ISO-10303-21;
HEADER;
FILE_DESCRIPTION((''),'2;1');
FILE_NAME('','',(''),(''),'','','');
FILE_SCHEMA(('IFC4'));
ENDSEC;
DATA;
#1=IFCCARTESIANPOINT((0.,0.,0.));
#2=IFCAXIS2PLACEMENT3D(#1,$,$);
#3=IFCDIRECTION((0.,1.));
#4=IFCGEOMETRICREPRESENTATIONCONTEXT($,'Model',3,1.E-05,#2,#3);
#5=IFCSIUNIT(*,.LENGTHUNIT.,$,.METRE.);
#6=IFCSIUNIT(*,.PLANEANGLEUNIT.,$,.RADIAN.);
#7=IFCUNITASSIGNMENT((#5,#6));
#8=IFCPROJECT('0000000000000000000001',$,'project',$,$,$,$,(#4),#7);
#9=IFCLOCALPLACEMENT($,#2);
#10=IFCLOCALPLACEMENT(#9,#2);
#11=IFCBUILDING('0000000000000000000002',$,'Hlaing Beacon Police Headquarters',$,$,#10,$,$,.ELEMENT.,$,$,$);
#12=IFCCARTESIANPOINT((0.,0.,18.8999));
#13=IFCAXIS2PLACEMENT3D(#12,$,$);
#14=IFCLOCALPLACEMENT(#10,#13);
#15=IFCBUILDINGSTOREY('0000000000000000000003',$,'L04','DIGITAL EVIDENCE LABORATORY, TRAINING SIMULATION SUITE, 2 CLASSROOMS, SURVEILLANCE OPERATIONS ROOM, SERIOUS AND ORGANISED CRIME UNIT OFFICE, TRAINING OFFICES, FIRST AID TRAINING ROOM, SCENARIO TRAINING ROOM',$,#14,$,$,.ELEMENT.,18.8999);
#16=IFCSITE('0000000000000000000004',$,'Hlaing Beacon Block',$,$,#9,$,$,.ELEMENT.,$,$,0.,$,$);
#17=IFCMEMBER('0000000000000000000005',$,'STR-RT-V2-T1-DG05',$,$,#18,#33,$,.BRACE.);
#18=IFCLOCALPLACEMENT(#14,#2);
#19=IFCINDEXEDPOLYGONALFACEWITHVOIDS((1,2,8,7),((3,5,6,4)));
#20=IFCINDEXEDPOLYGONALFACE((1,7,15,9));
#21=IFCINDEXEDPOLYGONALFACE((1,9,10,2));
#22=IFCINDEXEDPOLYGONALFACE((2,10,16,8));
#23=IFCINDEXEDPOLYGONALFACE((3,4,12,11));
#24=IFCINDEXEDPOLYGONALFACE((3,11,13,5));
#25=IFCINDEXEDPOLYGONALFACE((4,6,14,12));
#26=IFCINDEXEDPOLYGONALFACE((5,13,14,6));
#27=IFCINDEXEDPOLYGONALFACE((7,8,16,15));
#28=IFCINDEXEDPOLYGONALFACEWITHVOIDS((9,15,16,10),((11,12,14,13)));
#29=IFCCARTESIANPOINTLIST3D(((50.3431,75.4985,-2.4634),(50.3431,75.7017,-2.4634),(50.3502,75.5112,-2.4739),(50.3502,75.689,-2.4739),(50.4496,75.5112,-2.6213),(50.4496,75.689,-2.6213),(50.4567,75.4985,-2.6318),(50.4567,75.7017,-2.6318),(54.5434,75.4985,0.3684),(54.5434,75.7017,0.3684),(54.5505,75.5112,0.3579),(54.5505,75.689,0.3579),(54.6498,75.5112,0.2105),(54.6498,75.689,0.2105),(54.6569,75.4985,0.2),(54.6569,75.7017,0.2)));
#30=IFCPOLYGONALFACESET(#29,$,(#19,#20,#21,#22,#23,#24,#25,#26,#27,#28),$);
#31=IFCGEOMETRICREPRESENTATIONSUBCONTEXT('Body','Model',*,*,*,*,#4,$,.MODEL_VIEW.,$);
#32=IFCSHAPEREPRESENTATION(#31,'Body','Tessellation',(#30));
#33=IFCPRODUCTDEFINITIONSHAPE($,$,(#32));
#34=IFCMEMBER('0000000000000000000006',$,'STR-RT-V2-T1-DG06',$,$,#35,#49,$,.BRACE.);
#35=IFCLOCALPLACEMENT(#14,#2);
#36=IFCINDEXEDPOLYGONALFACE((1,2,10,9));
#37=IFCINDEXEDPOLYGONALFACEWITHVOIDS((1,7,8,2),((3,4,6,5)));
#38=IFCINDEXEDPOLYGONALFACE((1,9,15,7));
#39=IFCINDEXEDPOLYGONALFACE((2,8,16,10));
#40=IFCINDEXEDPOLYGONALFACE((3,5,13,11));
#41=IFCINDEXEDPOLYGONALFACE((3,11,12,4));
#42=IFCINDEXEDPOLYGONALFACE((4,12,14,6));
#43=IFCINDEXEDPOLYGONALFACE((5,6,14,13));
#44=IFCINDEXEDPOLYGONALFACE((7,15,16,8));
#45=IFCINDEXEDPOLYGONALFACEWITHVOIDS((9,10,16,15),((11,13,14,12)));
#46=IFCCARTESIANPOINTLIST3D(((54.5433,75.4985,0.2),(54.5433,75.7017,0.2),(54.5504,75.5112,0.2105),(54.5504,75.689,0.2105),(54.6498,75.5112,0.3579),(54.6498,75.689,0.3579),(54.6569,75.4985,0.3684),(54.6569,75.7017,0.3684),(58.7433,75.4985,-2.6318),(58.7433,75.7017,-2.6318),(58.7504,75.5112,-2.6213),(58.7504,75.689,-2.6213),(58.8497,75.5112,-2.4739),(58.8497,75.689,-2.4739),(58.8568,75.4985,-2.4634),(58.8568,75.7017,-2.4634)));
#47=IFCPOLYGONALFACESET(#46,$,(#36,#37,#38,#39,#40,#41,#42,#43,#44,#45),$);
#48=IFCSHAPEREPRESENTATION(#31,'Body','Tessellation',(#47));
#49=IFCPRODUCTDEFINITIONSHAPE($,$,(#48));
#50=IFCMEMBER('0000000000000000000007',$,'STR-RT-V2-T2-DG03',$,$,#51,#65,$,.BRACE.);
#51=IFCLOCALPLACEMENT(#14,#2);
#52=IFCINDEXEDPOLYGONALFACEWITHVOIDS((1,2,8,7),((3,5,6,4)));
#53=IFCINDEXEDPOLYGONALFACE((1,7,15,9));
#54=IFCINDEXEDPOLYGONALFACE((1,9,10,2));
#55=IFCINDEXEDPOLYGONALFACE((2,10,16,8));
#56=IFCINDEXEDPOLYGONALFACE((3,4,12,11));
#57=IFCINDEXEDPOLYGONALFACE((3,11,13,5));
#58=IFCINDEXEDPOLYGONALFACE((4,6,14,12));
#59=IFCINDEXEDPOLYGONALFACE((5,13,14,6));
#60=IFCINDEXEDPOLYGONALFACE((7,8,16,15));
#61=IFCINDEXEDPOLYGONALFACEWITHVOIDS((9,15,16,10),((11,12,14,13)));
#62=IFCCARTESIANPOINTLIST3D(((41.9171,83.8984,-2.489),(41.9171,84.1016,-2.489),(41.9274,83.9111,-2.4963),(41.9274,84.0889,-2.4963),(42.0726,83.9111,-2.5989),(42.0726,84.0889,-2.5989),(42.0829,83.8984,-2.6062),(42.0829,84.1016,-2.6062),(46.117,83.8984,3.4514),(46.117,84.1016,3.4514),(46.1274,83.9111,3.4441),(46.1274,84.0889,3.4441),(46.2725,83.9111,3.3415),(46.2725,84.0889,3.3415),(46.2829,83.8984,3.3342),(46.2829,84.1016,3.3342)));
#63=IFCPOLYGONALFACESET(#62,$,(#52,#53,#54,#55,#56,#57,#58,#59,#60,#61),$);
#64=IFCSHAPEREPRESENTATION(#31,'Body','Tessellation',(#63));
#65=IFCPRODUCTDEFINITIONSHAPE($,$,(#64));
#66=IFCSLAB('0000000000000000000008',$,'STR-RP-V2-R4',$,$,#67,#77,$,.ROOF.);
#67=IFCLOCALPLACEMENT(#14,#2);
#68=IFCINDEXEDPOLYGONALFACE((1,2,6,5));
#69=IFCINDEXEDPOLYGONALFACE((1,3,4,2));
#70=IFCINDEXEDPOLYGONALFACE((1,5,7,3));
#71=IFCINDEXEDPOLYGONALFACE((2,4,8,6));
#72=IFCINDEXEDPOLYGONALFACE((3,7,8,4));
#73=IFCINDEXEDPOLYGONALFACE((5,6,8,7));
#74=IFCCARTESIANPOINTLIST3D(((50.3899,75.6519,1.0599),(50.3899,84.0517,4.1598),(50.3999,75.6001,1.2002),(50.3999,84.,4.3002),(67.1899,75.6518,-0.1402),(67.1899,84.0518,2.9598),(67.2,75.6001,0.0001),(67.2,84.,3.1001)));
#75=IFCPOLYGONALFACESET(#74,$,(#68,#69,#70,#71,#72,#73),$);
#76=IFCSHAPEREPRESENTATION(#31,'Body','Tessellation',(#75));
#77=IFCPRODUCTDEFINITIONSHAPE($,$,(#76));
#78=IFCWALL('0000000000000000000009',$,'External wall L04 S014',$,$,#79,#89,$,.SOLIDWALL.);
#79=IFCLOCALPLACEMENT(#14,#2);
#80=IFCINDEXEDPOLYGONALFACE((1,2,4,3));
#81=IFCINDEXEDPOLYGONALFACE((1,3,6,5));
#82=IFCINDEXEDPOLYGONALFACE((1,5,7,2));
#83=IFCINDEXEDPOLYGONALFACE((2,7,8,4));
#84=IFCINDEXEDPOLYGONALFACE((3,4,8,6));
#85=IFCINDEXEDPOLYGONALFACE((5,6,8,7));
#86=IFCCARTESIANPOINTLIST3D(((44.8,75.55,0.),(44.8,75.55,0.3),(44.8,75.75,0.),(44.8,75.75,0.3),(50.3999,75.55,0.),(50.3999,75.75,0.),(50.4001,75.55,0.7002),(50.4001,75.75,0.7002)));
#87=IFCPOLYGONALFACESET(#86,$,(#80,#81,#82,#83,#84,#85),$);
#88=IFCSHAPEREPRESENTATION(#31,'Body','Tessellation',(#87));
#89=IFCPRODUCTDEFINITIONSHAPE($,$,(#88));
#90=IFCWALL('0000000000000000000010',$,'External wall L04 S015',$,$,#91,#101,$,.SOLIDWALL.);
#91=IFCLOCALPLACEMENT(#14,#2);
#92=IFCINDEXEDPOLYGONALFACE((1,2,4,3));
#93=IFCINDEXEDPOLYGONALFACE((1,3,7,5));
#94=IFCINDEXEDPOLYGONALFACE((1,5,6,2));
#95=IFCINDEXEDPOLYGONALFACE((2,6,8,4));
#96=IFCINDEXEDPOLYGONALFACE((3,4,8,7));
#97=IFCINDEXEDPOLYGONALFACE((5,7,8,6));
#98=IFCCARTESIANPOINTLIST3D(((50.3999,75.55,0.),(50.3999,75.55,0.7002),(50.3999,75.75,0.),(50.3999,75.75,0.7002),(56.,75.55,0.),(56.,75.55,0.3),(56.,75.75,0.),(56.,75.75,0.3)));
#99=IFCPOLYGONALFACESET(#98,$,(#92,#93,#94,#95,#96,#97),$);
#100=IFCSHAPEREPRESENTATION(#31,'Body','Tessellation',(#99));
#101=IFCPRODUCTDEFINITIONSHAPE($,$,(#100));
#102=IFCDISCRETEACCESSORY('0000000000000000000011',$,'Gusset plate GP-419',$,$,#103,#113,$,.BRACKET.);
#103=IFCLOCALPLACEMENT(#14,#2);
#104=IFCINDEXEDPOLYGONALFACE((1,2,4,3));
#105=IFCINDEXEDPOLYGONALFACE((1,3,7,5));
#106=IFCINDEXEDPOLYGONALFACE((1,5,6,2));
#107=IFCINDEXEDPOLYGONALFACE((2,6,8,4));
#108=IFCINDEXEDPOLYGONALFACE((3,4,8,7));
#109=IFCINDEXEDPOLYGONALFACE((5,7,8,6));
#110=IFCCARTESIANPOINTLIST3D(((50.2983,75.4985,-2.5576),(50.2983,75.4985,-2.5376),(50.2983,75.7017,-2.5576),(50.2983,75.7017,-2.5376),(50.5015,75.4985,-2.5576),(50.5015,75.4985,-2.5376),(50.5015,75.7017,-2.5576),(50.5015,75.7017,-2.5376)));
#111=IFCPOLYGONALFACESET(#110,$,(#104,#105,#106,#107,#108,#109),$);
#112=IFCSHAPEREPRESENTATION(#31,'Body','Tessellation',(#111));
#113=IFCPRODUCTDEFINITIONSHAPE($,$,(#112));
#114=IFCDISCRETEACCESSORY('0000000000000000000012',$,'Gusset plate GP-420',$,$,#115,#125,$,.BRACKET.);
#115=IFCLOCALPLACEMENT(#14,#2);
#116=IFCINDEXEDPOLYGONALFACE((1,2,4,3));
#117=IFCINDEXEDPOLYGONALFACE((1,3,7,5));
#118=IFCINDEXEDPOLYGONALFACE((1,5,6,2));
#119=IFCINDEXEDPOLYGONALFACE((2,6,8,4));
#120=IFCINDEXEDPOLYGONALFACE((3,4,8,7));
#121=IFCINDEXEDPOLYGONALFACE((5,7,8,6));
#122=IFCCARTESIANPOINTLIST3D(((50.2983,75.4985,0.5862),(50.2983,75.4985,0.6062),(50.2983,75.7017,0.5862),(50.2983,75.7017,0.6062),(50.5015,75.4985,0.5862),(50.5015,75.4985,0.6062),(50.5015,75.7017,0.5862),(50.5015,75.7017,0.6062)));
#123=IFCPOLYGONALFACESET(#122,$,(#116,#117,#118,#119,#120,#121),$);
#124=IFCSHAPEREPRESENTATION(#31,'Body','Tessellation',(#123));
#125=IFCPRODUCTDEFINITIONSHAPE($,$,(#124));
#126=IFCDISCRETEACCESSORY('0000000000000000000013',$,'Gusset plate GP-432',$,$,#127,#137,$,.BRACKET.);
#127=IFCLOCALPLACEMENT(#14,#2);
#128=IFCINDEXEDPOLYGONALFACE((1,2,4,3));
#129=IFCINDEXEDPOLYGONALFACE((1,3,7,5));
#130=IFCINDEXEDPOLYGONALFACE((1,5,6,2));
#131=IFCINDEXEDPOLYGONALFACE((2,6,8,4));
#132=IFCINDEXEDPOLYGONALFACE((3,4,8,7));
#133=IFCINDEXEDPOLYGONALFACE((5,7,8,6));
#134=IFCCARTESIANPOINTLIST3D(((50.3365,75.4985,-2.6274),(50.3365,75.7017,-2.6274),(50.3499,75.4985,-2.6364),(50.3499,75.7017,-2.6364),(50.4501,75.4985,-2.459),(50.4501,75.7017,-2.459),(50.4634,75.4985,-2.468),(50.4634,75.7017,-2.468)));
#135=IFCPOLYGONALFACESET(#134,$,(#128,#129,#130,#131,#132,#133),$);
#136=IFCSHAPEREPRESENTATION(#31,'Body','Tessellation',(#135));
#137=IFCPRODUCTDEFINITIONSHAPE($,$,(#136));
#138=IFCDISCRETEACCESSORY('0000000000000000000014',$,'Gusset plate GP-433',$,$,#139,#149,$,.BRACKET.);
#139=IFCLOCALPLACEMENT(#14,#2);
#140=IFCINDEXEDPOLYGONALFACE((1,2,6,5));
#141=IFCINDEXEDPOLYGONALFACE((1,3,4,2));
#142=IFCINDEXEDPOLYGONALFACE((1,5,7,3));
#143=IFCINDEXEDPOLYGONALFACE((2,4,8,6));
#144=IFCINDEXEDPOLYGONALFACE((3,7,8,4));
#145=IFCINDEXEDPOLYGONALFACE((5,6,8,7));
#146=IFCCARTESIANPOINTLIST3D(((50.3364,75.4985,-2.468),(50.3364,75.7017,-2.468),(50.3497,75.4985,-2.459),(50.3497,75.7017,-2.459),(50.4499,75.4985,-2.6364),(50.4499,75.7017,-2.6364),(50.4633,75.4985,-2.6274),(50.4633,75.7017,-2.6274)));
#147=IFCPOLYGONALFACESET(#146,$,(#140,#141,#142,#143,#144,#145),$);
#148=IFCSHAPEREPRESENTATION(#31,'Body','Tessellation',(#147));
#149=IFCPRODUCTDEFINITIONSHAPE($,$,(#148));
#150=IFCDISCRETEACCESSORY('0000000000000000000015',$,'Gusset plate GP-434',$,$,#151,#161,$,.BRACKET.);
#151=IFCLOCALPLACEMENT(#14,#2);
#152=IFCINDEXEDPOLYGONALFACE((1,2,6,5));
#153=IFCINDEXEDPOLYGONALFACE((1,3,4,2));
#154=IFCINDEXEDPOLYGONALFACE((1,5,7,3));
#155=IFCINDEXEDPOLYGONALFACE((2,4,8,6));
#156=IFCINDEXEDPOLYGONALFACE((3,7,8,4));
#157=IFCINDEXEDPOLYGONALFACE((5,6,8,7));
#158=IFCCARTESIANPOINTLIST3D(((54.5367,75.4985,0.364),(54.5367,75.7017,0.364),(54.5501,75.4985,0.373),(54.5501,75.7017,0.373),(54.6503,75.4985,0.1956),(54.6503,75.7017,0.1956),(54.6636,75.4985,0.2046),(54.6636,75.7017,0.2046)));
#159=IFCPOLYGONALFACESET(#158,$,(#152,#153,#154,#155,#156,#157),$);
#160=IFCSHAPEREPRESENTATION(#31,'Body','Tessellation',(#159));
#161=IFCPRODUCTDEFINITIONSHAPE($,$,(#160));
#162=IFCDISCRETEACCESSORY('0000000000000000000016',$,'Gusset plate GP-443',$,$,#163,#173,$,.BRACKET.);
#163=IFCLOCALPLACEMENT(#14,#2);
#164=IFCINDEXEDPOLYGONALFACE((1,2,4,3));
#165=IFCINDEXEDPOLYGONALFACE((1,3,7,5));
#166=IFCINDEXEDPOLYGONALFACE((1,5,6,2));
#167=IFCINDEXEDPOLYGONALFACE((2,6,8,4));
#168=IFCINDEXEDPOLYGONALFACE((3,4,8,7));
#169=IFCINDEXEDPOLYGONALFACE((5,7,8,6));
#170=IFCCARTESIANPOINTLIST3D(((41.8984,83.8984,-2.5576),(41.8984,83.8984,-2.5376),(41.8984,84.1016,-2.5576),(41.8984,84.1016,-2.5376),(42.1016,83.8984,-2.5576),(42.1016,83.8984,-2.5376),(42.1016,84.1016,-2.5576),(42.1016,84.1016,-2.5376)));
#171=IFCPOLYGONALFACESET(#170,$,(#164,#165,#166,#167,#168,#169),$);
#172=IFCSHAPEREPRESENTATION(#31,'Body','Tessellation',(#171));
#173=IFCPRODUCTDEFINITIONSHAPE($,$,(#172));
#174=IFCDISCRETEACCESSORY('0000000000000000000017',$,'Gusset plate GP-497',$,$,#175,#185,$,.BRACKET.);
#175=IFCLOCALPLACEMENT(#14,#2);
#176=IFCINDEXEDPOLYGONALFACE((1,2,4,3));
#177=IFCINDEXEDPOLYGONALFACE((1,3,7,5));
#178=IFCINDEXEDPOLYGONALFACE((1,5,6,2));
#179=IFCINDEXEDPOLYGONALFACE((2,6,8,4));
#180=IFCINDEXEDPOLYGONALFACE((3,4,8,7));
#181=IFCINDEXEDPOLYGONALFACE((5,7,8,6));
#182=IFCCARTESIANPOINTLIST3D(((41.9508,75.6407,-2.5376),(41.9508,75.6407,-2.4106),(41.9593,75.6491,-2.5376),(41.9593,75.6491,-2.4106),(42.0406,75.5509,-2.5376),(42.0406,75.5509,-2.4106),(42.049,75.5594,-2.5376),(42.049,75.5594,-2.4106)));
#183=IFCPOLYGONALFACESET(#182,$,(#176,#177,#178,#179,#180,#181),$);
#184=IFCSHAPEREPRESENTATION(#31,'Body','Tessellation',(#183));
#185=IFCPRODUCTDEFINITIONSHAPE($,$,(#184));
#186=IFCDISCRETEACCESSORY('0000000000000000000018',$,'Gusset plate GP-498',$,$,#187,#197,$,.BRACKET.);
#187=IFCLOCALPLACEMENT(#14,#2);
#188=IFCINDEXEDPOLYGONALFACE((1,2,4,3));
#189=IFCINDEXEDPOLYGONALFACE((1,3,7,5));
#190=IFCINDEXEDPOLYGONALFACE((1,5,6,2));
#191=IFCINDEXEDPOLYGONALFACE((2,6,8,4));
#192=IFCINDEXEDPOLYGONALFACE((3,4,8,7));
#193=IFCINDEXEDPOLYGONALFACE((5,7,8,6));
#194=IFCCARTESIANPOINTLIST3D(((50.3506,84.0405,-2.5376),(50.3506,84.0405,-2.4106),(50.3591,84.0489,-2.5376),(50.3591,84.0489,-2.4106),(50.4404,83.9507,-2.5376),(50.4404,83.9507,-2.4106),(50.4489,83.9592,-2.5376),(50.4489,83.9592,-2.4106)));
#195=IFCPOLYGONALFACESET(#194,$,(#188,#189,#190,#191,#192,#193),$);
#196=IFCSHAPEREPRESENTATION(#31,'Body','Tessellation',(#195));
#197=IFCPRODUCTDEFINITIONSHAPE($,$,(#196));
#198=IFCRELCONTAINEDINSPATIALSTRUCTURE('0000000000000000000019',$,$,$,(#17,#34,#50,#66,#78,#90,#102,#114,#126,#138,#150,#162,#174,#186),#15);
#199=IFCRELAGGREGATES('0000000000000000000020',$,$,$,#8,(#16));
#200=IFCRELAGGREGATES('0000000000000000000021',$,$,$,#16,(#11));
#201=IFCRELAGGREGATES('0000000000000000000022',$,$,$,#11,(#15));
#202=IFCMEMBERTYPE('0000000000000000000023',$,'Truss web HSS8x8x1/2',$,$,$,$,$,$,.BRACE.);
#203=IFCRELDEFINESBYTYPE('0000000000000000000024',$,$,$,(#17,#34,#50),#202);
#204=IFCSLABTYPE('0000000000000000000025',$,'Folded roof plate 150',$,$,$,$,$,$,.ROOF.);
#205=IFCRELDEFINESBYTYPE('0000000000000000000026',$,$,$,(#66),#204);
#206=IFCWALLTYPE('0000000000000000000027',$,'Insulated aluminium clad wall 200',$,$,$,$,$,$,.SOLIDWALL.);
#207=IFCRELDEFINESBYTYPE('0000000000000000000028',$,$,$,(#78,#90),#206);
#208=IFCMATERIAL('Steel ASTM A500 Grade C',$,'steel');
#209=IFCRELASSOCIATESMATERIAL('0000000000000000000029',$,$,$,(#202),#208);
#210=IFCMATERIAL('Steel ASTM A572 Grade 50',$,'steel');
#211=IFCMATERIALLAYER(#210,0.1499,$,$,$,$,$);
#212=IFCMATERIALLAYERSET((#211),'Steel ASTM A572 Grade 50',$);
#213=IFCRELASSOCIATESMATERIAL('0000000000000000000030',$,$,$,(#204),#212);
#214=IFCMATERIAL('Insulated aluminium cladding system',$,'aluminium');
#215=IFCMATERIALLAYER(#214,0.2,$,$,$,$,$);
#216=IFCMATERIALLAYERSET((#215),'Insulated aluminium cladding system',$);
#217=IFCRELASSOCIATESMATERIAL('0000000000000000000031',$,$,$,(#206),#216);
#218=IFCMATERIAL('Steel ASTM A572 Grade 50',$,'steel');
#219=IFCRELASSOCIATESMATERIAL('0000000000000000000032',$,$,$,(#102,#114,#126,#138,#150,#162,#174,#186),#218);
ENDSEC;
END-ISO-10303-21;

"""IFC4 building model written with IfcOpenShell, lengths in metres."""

from ifc_helpers import new_model, si_unit, direction, frame, origin, origin_2d, place, context, subcontext, project, spatial, polyline, rectangle, hollow_rectangle, outline, extrude, material, layer, layer_set, material_profile, profile_set, type_object, element, save


model = new_model("IFC4")

# Units and contexts
model_context = context("Model", 3, precision=1e-05, world=origin(), true_north=direction((0.0, 1.0)))
body_context = subcontext(model_context, "Body", "Model", "MODEL_VIEW")
ifc_project = project(units=[si_unit("LENGTHUNIT", "METRE"), si_unit("PLANEANGLEUNIT", "RADIAN")], contexts=[model_context])

# Site, building, storey
site_placement = place(None, origin())
site = spatial("IfcSite", under=ifc_project, at=site_placement, Name="Hlaing Beacon Block", CompositionType="ELEMENT", RefElevation=0.0)
building_placement = place(site_placement, origin())
building = spatial("IfcBuilding", under=site, at=building_placement, Name="Hlaing Beacon Police Headquarters", CompositionType="ELEMENT")
storey_placement = place(building_placement, frame((0.0, 0.0, 18.8999)))
storey = spatial("IfcBuildingStorey", under=building, at=storey_placement, Name="L04", Description="DIGITAL EVIDENCE LABORATORY, TRAINING SIMULATION SUITE, 2 CLASSROOMS, SURVEILLANCE OPERATIONS ROOM, SERIOUS AND ORGANISED CRIME UNIT OFFICE, TRAINING OFFICES, FIRST AID TRAINING ROOM, SCENARIO TRAINING ROOM", CompositionType="ELEMENT", Elevation=18.8999)

# Members
ifc_material_1 = material(Name="Steel ASTM A500 Grade C", Category="steel")
ifc_material_profile_1 = material_profile(ifc_material_1, hollow_rectangle(XDim=0.2031, YDim=0.2031, WallThickness=0.0127, at=origin_2d()), Name="HSS8x8x1/2")
ifc_profile_set_1 = profile_set([ifc_material_profile_1], Name="Steel ASTM A500 Grade C")
member_type_1 = type_object("IfcMemberType", Name="Truss web HSS8x8x1/2", PredefinedType="BRACE", material=ifc_profile_set_1)
member_1_placement = place(storey_placement, frame((50.3999, 75.6001, -2.5476), z_axis=(0.829155, 0.0, 0.559019), x_axis=(0.0, 1.0, 0.0)))
element("IfcMember", 1, at=member_1_placement, inside=storey, type_object=member_type_1, Name="STR-RT-V2-T1-DG05", PredefinedType="BRACE", context=body_context, shape_type="SweptSolid", body=[
    extrude(hollow_rectangle(XDim=0.2031, YDim=0.2031, WallThickness=0.0127, at=origin_2d()), origin(), (0.0, 0.0, 1.0), 5.0657),
])
member_2_placement = place(storey_placement, frame((54.6001, 75.6001, 0.2842), z_axis=(0.82914, 0.0, -0.559042), x_axis=(0.0, 1.0, 0.0)))
element("IfcMember", 2, at=member_2_placement, inside=storey, type_object=member_type_1, Name="STR-RT-V2-T1-DG06", PredefinedType="BRACE", context=body_context, shape_type="SweptSolid", body=[
    extrude(hollow_rectangle(XDim=0.2031, YDim=0.2031, WallThickness=0.0127, at=origin_2d()), origin(), (0.0, 0.0, 1.0), 5.0654),
])
member_3_placement = place(storey_placement, frame((42.0, 84.0, -2.5476), z_axis=(0.577298, 0.0, 0.816533), x_axis=(0.0, 1.0, 0.0)))
element("IfcMember", 3, at=member_3_placement, inside=storey, type_object=member_type_1, Name="STR-RT-V2-T2-DG03", PredefinedType="BRACE", context=body_context, shape_type="SweptSolid", body=[
    extrude(hollow_rectangle(XDim=0.2031, YDim=0.2031, WallThickness=0.0127, at=origin_2d()), origin(), (0.0, 0.0, 1.0), 7.2751),
])

# Slab
ifc_material_2 = material(Name="Steel ASTM A572 Grade 50", Category="steel")
ifc_layer_1 = layer(ifc_material_2, 0.1499)
ifc_layer_set_1 = layer_set([ifc_layer_1], Name="Steel ASTM A572 Grade 50")
slab_type = type_object("IfcSlabType", Name="Folded roof plate 150", PredefinedType="ROOF", material=ifc_layer_set_1)
slab_placement = place(storey_placement, frame((50.3999, 75.6001, 1.2002), z_axis=(0.066865, -0.345449, 0.936052), x_axis=(0.997458, -0.000002, -0.071252)))
element("IfcSlab", 4, at=slab_placement, inside=storey, type_object=slab_type, Name="STR-RP-V2-R4", PredefinedType="ROOF", context=body_context, shape_type="SweptSolid", body=[
    extrude(outline(polyline([(0.0, 0.0), (16.8429, 0.0), (16.622, 8.951), (-0.2209, 8.9509), (0.0, 0.0)])), origin(), (0.0, 0.0, -1.0), 0.1499),
])

# Walls
ifc_material_3 = material(Name="Insulated aluminium cladding system", Category="aluminium")
ifc_layer_2 = layer(ifc_material_3, 0.2)
ifc_layer_set_2 = layer_set([ifc_layer_2], Name="Insulated aluminium cladding system")
wall_type = type_object("IfcWallType", Name="Insulated aluminium clad wall 200", PredefinedType="SOLIDWALL", material=ifc_layer_set_2)
wall_1_placement = place(storey_placement, frame((44.8, 75.6499, 0.0), z_axis=(0.0, 0.0, 1.0), x_axis=(1.0, 0.0, 0.0)))
element("IfcWall", 5, at=wall_1_placement, inside=storey, type_object=wall_type, Name="External wall L04 S014", PredefinedType="SOLIDWALL", context=body_context, shape_type="SweptSolid", body=[
    extrude(outline(polyline([(0.0, 0.0), (5.5999, 0.0), (5.6001, 0.7002), (0.0, 0.3), (0.0, 0.0)])), frame((0.0, 0.1001, 0.0), z_axis=(0.0, -1.0, 0.0), x_axis=(1.0, 0.0, 0.0)), (0.0, 0.0, 1.0), 0.2),
])
wall_2_placement = place(storey_placement, frame((50.3999, 75.6499, 0.0), z_axis=(0.0, 0.0, 1.0), x_axis=(1.0, 0.0, 0.0)))
element("IfcWall", 6, at=wall_2_placement, inside=storey, type_object=wall_type, Name="External wall L04 S015", PredefinedType="SOLIDWALL", context=body_context, shape_type="SweptSolid", body=[
    extrude(outline(polyline([(0.0, 0.0), (5.6001, 0.0), (5.6001, 0.3), (0.0, 0.7002), (0.0, 0.0)])), frame((0.0, 0.1001, 0.0), z_axis=(0.0, -1.0, 0.0), x_axis=(1.0, 0.0, 0.0)), (0.0, 0.0, 1.0), 0.2),
])

# Discrete accessories
ifc_material_4 = material(Name="Steel ASTM A572 Grade 50", Category="steel")
for number, where, z_axis, x_axis, name in (
    (7, (50.3999, 75.6001, -2.5376), (0.0, 0.0, -1.0), (1.0, 0.0, 0.0), "Gusset plate GP-419"),
    (8, (50.3999, 75.6001, 0.5862), (0.0, 0.0, 1.0), (1.0, 0.0, 0.0), "Gusset plate GP-420"),
):
    element("IfcDiscreteAccessory", number, at=place(storey_placement, frame(where, z_axis=z_axis, x_axis=x_axis)), inside=storey, material=ifc_material_4, Name=name, PredefinedType="BRACKET", context=body_context, shape_type="SweptSolid", body=[
        extrude(rectangle(XDim=0.2031, YDim=0.2031, at=origin_2d()), origin(), (0.0, 0.0, 1.0), 0.02),
    ])
for number, where, z_axis, x_axis, name in (
    (9, (50.3933, 75.6001, -2.5432), (0.82914, 0.0, -0.559042), (0.0, 1.0, 0.0), "Gusset plate GP-432"),
    (10, (50.4065, 75.6001, -2.5432), (-0.829155, 0.0, -0.559019), (0.0, -1.0, 0.0), "Gusset plate GP-433"),
    (11, (54.5935, 75.6001, 0.2798), (0.829155, 0.0, 0.559019), (0.0, 1.0, 0.0), "Gusset plate GP-434"),
):
    element("IfcDiscreteAccessory", number, at=place(storey_placement, frame(where, z_axis=z_axis, x_axis=x_axis)), inside=storey, material=ifc_material_4, Name=name, PredefinedType="BRACKET", context=body_context, shape_type="SweptSolid", body=[
        extrude(rectangle(XDim=0.2031, YDim=0.2031, at=origin_2d()), origin(), (0.0, 0.0, 1.0), 0.0161),
    ])
discrete_accessory_1_placement = place(storey_placement, frame((42.0, 84.0, -2.5376), z_axis=(0.0, 0.0, -1.0), x_axis=(1.0, 0.0, 0.0)))
element("IfcDiscreteAccessory", 12, at=discrete_accessory_1_placement, inside=storey, material=ifc_material_4, Name="Gusset plate GP-443", PredefinedType="BRACKET", context=body_context, shape_type="SweptSolid", body=[
    extrude(rectangle(XDim=0.2031, YDim=0.2031, at=origin_2d()), origin(), (0.0, 0.0, 1.0), 0.02),
])
for number, where, z_axis, x_axis, name in (
    (13, (42.0042, 75.6042, -2.4741), (-0.707107, -0.707107, 0.0), (0.707107, -0.707107, 0.0), "Gusset plate GP-497"),
    (14, (50.3955, 83.9956, -2.4741), (0.707107, 0.707107, 0.0), (-0.707107, 0.707107, 0.0), "Gusset plate GP-498"),
):
    element("IfcDiscreteAccessory", number, at=place(storey_placement, frame(where, z_axis=z_axis, x_axis=x_axis)), inside=storey, material=ifc_material_4, Name=name, PredefinedType="BRACKET", context=body_context, shape_type="SweptSolid", body=[
        extrude(rectangle(XDim=0.127, YDim=0.127, at=origin_2d()), origin(), (0.0, 0.0, 1.0), 0.012),
    ])

save(model, "model.ifc")
